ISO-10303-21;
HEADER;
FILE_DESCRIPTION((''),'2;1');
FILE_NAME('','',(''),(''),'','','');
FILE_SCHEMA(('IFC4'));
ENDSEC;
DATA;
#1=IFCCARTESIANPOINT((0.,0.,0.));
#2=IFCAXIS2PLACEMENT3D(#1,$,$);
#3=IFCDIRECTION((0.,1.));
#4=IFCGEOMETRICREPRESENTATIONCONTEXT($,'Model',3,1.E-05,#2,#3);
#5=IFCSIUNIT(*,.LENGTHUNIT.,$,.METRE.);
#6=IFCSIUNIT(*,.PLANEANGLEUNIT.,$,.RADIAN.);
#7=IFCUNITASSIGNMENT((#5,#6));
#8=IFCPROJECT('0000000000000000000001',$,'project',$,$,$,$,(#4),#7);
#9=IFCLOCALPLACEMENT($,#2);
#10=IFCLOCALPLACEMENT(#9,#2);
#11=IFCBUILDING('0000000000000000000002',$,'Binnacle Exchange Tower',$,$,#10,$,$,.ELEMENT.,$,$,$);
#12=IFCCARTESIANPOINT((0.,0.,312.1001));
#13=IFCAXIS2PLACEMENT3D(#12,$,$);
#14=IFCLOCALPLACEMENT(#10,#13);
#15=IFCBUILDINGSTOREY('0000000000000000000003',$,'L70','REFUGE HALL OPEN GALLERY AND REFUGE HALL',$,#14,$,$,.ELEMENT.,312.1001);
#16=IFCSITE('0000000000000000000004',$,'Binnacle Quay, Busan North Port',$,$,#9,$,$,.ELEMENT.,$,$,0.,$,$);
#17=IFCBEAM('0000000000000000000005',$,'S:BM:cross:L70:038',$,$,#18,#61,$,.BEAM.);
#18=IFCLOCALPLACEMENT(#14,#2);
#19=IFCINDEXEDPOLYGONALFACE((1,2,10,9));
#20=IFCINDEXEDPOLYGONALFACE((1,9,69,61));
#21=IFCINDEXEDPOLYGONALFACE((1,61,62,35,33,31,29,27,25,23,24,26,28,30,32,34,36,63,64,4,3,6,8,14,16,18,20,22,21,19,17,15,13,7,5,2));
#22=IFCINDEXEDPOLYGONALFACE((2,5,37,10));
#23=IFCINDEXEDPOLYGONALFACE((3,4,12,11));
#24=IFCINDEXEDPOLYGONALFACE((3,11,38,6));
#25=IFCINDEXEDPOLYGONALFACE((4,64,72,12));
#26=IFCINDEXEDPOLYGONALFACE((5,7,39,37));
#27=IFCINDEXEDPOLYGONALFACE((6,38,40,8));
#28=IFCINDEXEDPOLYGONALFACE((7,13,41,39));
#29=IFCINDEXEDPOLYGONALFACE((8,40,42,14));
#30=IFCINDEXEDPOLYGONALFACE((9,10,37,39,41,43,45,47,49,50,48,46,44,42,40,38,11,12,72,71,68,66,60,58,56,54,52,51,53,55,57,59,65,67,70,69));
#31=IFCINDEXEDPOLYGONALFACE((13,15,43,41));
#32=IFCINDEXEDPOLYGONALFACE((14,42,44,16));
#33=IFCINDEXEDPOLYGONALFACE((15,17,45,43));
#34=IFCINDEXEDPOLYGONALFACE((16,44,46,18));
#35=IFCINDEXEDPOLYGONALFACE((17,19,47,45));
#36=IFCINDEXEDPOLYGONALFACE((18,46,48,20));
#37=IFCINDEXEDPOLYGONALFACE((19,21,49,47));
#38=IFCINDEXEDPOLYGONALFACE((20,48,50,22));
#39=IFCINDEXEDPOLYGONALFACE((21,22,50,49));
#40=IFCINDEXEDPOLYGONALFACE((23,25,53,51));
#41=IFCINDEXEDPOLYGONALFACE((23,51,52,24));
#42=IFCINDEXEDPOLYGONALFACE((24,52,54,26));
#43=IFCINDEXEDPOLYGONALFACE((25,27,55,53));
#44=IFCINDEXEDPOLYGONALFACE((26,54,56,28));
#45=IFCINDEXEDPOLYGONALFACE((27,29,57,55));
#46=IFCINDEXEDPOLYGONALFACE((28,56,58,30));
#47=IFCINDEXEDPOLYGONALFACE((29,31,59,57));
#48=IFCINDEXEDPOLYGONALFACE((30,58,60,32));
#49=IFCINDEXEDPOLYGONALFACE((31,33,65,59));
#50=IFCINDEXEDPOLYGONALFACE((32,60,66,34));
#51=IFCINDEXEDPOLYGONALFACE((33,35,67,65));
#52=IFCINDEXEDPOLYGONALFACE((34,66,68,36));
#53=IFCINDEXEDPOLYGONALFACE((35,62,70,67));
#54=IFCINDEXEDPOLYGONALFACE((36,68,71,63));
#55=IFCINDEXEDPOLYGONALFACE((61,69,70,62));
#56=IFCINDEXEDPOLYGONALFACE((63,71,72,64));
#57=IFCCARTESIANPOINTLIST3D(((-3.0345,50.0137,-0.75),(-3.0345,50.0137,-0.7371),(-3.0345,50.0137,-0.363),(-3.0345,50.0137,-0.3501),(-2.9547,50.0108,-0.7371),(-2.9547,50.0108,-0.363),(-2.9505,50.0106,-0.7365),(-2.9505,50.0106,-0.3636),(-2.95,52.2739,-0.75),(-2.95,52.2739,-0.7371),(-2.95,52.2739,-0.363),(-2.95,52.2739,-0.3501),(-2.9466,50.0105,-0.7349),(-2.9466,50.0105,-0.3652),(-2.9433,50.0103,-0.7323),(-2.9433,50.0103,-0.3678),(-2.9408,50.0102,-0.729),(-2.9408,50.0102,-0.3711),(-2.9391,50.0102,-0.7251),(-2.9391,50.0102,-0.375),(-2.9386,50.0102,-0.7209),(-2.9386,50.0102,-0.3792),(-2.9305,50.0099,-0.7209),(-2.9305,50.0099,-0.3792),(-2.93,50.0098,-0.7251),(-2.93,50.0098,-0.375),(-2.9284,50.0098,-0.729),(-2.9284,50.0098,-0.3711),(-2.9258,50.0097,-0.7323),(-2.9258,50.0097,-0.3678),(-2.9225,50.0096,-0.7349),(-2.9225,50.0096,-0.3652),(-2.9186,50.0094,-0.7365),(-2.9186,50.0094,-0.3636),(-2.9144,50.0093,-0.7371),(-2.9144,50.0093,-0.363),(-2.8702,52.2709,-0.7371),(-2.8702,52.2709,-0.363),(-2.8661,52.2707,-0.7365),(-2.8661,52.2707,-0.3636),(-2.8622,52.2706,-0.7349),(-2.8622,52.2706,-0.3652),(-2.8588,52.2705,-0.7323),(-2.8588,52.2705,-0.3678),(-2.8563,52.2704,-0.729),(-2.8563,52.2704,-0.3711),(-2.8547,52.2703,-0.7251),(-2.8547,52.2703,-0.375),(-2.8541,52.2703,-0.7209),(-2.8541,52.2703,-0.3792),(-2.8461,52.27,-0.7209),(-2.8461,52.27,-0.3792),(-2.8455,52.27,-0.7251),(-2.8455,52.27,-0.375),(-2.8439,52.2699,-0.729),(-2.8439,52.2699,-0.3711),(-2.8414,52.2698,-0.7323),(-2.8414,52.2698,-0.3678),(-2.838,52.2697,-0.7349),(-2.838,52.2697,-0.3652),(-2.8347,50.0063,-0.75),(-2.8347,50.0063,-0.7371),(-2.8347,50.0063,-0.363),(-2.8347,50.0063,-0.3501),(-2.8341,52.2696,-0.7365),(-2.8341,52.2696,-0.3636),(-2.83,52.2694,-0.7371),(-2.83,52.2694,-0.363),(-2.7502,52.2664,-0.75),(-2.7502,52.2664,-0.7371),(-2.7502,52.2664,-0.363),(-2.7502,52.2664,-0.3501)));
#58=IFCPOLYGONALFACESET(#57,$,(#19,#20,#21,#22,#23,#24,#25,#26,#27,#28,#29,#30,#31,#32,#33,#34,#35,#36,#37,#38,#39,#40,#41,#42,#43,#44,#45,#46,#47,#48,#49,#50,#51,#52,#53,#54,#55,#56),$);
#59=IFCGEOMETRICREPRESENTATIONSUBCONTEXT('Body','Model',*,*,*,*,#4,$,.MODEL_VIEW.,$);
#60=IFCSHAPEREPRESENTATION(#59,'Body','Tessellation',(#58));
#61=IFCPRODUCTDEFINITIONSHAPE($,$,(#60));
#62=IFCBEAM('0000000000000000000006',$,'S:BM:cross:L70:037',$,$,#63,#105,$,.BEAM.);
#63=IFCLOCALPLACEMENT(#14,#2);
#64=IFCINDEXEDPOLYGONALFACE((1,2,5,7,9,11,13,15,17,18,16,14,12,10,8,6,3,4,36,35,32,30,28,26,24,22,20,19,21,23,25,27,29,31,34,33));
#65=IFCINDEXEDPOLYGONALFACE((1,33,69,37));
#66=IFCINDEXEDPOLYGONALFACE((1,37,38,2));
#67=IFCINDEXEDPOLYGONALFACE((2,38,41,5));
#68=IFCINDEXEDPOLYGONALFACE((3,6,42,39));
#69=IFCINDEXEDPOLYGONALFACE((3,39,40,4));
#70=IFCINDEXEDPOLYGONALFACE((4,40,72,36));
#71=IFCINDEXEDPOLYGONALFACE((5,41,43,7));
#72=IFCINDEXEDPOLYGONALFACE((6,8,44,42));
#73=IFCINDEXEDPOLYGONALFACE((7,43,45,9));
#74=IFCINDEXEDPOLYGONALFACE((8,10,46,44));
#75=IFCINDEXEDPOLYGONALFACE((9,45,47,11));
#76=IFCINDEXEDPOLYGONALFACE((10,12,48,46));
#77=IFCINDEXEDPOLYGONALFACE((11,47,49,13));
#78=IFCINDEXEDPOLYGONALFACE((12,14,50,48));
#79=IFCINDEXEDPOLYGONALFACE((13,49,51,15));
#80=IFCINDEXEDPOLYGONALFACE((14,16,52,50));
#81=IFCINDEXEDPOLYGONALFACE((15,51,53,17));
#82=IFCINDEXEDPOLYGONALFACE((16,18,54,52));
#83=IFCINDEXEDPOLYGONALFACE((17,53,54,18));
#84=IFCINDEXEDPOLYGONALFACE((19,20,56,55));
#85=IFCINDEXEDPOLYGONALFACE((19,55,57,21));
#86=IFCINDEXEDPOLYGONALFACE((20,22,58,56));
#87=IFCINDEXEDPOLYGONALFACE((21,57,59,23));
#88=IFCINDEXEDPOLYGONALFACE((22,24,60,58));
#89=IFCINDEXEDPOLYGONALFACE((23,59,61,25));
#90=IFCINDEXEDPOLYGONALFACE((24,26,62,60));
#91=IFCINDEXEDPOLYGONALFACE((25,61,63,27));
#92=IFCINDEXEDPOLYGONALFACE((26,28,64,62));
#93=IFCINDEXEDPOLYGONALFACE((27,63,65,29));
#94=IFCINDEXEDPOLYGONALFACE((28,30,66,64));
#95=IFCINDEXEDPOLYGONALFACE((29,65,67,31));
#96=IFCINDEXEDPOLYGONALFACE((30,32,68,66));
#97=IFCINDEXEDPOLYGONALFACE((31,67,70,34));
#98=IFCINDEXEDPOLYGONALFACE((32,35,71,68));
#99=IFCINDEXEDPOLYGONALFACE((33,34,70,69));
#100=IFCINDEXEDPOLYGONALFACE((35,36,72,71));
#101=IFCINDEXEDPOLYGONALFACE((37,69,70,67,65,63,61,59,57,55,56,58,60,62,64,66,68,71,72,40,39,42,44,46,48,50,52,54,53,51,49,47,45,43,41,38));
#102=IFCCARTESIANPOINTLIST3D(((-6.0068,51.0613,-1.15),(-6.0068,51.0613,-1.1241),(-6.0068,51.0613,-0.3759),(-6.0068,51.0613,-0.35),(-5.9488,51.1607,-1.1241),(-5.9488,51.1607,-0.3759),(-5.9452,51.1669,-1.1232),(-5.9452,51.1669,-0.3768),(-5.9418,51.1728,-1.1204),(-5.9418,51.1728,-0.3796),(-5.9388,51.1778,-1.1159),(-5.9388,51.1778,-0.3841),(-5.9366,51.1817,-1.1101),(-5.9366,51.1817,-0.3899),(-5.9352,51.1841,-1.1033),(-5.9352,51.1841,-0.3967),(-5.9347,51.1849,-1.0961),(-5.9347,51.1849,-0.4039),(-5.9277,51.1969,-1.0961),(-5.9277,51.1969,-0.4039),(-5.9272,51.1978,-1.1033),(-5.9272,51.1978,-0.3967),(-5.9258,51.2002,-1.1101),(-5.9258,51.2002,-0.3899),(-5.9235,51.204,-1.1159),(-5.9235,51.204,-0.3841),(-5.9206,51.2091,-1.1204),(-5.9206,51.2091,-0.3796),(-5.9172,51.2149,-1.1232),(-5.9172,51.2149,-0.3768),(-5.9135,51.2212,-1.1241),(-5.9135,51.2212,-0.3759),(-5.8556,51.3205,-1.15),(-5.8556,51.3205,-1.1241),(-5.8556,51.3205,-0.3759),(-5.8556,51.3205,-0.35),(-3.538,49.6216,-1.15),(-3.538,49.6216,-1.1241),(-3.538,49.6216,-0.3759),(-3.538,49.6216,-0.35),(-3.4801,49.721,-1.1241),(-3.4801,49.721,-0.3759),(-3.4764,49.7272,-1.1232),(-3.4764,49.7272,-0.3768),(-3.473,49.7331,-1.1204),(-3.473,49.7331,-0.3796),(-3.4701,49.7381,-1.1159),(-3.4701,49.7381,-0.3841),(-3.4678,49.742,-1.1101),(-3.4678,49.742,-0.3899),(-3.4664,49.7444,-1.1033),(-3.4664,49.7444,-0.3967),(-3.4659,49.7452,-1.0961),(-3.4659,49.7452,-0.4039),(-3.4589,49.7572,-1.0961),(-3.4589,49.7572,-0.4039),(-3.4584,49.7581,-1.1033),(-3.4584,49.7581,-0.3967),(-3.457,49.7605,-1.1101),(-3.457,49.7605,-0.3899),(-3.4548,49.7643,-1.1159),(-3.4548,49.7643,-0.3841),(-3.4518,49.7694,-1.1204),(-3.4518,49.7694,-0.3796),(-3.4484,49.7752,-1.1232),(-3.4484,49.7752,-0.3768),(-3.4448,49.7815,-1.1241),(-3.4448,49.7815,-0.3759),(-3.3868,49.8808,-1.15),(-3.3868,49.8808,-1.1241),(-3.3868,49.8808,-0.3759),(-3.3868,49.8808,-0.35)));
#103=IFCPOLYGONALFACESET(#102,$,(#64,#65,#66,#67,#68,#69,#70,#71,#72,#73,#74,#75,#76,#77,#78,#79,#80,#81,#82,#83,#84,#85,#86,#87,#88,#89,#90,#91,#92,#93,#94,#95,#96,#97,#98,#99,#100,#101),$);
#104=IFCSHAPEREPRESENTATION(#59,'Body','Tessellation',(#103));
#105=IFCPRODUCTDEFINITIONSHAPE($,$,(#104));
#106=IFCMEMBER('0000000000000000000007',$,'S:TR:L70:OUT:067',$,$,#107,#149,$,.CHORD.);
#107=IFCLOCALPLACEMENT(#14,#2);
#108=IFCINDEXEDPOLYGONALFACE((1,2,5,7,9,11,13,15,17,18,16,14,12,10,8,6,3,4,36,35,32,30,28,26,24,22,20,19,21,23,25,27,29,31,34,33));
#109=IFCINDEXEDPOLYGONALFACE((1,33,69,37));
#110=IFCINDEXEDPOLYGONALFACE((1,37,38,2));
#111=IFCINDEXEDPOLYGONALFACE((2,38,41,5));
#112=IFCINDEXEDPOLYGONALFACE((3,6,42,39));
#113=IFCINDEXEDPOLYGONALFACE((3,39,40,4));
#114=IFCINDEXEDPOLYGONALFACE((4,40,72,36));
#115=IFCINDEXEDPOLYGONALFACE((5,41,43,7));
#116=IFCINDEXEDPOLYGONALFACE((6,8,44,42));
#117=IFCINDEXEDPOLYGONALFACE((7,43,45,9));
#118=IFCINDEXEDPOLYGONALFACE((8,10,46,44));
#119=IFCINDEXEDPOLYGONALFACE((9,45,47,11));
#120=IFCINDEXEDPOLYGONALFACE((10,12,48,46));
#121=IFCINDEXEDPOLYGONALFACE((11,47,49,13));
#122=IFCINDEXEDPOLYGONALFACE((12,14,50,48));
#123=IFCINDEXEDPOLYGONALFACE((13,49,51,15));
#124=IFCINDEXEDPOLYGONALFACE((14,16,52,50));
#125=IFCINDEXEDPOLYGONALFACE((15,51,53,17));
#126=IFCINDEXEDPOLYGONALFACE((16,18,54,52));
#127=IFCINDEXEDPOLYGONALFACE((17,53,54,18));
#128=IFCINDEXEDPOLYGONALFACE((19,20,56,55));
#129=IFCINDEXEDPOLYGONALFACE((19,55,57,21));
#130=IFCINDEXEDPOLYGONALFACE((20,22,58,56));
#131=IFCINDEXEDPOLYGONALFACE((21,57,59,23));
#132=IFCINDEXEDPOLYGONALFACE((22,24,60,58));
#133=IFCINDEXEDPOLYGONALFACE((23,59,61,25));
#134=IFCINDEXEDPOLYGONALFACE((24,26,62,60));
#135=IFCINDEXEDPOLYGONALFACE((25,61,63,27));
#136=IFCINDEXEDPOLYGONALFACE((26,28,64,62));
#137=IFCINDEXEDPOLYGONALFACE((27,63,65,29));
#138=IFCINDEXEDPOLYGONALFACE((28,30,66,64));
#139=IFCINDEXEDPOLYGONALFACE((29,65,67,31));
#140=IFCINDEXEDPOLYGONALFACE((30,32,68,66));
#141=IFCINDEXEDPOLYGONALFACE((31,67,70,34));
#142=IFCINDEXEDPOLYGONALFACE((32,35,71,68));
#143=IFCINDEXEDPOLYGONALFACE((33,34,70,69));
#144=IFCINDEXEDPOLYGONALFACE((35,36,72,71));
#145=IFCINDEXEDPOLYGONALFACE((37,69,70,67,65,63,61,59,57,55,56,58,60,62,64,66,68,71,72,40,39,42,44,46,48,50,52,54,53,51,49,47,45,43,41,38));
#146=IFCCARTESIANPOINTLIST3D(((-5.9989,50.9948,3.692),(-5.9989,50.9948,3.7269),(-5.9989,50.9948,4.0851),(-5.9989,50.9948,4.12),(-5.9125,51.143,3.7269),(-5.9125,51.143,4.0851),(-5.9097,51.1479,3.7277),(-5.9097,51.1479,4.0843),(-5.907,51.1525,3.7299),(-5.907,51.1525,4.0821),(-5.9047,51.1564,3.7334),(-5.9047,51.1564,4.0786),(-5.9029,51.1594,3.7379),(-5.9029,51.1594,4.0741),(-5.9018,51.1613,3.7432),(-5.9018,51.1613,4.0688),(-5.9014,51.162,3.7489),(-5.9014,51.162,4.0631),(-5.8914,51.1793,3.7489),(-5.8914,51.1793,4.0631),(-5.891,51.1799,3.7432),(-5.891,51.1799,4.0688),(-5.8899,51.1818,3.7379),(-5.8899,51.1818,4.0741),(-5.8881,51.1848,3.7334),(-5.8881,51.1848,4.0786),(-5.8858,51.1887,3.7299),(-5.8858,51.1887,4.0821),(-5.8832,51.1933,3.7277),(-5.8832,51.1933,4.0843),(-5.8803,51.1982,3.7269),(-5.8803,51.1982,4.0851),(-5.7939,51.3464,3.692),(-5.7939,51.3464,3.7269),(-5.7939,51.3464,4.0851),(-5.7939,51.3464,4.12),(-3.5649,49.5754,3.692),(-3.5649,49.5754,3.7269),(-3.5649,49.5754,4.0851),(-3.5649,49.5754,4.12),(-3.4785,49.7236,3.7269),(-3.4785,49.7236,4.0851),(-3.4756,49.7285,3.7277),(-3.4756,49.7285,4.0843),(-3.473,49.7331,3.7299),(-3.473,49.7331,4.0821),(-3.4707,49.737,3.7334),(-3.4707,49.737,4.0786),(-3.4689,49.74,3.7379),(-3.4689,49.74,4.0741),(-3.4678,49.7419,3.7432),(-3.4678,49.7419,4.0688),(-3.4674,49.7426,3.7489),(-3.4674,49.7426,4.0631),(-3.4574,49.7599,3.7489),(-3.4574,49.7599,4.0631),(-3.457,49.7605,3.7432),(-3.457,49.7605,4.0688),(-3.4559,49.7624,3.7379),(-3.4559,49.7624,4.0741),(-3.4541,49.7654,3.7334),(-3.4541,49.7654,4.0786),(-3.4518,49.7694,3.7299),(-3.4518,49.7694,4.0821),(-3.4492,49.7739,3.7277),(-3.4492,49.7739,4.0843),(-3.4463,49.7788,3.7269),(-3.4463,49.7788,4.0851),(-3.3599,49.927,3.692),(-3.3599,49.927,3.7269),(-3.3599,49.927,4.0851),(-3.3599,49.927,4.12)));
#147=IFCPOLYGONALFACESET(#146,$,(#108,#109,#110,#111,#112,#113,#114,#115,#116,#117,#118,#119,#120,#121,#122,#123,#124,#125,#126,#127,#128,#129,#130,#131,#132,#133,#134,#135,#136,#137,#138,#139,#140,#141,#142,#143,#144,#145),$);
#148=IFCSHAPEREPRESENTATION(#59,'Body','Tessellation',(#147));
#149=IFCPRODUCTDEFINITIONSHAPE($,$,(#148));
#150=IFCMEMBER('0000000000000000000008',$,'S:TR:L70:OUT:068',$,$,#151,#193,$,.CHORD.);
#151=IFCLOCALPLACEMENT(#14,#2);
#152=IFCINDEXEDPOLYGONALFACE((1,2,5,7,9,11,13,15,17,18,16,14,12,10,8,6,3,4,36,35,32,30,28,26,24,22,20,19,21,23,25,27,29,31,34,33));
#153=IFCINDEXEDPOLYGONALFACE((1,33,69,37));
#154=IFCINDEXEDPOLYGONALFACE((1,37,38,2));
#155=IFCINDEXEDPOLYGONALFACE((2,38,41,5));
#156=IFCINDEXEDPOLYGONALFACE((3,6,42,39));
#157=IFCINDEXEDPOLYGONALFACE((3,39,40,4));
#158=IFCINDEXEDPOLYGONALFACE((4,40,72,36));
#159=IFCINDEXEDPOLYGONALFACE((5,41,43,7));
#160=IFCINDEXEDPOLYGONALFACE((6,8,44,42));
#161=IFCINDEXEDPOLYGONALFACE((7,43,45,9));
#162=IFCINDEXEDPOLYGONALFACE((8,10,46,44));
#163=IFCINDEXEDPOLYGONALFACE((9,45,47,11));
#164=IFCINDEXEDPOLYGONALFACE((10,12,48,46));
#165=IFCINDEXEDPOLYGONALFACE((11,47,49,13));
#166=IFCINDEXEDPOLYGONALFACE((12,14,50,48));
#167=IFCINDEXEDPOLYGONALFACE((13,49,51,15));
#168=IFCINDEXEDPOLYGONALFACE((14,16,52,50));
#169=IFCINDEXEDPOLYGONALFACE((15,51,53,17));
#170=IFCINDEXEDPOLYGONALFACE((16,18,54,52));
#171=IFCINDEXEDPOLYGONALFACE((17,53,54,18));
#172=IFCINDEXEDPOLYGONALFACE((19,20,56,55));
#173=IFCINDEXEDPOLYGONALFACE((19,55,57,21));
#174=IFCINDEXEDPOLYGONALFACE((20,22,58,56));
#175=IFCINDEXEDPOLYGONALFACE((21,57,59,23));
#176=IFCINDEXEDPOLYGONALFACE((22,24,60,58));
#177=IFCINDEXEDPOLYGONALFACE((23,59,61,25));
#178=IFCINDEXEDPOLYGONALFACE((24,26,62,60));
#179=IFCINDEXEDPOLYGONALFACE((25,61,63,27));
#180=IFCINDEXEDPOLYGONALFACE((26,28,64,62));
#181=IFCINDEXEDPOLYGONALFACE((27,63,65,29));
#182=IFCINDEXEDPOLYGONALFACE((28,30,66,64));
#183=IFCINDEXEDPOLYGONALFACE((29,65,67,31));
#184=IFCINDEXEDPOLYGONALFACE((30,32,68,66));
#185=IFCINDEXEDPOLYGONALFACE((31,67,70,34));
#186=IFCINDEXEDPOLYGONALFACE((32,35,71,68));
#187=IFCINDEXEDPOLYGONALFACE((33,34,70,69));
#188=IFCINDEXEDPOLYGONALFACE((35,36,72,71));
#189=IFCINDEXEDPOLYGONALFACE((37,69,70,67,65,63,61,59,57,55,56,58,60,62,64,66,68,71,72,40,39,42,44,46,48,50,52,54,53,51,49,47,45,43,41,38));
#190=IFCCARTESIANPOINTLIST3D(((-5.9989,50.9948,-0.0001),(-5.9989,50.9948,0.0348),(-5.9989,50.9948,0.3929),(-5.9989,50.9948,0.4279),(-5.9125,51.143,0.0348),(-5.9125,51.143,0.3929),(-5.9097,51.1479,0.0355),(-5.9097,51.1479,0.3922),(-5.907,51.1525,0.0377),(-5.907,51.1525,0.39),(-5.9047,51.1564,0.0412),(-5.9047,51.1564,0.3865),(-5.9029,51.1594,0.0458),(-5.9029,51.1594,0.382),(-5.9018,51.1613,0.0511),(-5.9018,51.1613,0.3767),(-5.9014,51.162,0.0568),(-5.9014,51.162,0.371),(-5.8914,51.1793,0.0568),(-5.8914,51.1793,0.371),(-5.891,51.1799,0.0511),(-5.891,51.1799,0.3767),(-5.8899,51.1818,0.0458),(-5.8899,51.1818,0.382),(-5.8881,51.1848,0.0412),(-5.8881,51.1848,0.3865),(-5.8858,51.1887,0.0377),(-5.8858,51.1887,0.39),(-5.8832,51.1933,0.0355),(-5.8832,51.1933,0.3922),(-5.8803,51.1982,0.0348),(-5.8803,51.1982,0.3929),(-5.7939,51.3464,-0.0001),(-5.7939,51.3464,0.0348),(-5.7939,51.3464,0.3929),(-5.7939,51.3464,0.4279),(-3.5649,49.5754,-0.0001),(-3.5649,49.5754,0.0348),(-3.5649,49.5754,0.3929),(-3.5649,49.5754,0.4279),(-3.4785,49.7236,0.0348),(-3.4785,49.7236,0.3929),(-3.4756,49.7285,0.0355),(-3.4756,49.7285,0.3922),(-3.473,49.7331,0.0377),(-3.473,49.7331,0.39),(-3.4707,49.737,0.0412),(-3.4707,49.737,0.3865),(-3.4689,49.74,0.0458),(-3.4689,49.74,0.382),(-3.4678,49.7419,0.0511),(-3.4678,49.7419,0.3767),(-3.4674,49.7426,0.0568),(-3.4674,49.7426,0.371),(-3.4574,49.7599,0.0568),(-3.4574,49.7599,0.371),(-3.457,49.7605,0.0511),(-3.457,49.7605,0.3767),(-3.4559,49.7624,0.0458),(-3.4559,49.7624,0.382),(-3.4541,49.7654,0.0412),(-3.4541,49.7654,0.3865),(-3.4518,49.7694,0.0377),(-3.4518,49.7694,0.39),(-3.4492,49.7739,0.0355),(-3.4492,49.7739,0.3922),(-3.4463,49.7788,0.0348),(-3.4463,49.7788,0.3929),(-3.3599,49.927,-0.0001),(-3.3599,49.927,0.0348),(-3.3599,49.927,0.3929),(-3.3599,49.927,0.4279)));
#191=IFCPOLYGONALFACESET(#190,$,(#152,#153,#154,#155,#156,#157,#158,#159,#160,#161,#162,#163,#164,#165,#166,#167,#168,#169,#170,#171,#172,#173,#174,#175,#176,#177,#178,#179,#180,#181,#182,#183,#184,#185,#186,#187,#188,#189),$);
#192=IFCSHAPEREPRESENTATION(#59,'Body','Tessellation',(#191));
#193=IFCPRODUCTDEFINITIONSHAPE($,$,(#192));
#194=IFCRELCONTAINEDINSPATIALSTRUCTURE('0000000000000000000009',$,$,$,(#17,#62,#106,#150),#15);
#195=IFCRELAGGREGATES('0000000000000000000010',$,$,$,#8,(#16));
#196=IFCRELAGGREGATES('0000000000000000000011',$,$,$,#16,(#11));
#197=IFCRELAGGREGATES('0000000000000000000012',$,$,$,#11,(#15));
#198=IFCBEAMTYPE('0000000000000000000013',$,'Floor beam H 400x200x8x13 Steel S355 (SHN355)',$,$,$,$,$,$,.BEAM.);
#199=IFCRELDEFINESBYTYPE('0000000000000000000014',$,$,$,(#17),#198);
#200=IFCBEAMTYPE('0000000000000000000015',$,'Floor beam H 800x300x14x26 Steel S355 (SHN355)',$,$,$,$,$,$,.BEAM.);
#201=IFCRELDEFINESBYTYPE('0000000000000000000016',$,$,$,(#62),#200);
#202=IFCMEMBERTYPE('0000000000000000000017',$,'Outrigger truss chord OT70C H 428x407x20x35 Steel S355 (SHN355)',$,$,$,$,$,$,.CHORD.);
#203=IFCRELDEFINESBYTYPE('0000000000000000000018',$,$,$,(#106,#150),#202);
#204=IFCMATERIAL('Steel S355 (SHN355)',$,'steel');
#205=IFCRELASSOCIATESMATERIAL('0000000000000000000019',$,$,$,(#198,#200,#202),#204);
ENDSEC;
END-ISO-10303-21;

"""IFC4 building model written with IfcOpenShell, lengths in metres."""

from ifc_helpers import new_model, si_unit, direction, frame, origin, origin_2d, place, context, subcontext, project, spatial, i_section, extrude, material, material_profile, profile_set, type_object, element, save


model = new_model("IFC4")

# Units and contexts
model_context = context("Model", 3, precision=1e-05, world=origin(), true_north=direction((0.0, 1.0)))
body_context = subcontext(model_context, "Body", "Model", "MODEL_VIEW")
ifc_project = project(units=[si_unit("LENGTHUNIT", "METRE"), si_unit("PLANEANGLEUNIT", "RADIAN")], contexts=[model_context])

# Site, building, storey
site_placement = place(None, origin())
site = spatial("IfcSite", under=ifc_project, at=site_placement, Name="Binnacle Quay, Busan North Port", CompositionType="ELEMENT", RefElevation=0.0)
building_placement = place(site_placement, origin())
building = spatial("IfcBuilding", under=site, at=building_placement, Name="Binnacle Exchange Tower", CompositionType="ELEMENT")
storey_placement = place(building_placement, frame((0.0, 0.0, 312.1001)))
storey = spatial("IfcBuildingStorey", under=building, at=storey_placement, Name="L70", Description="REFUGE HALL OPEN GALLERY AND REFUGE HALL", CompositionType="ELEMENT", Elevation=312.1001)

# Shared definitions
ifc_material_1 = material(Name="Steel S355 (SHN355)", Category="steel")

# Beams
ifc_material_profile_1 = material_profile(ifc_material_1, i_section(OverallWidth=0.2, OverallDepth=0.3999, WebThickness=0.0081, FlangeThickness=0.0129, FilletRadius=0.0161, at=origin_2d()), Name="H 400x200x8x13")
ifc_profile_set_1 = profile_set([ifc_material_profile_1], Name="Steel S355 (SHN355)")
beam_type_1 = type_object("IfcBeamType", Name="Floor beam H 400x200x8x13 Steel S355 (SHN355)", PredefinedType="BEAM", material=ifc_profile_set_1)
beam_1_placement = place(storey_placement, frame((-2.9346, 50.01, -0.55), z_axis=(0.037347, 0.999302, 0.0), x_axis=(-0.999302, 0.037347, 0.0)))
element("IfcBeam", 1, at=beam_1_placement, inside=storey, type_object=beam_type_1, Name="S:BM:cross:L70:038", PredefinedType="BEAM", context=body_context, shape_type="SweptSolid", body=[
    extrude(i_section(OverallWidth=0.2, OverallDepth=0.3999, WebThickness=0.0081, FlangeThickness=0.0129, FilletRadius=0.0161, at=origin_2d()), origin(), (0.0, 0.0, 1.0), 2.2617),
])
ifc_material_profile_2 = material_profile(ifc_material_1, i_section(OverallWidth=0.3, OverallDepth=0.8, WebThickness=0.0139, FlangeThickness=0.0259, FilletRadius=0.0281, at=origin_2d()), Name="H 800x300x14x26")
ifc_profile_set_2 = profile_set([ifc_material_profile_2], Name="Steel S355 (SHN355)")
beam_type_2 = type_object("IfcBeamType", Name="Floor beam H 800x300x14x26 Steel S355 (SHN355)", PredefinedType="BEAM", material=ifc_profile_set_2)
beam_2_placement = place(storey_placement, frame((-3.4624, 49.7512, -0.75), z_axis=(-0.863841, 0.503765, 0.0), x_axis=(-0.503765, -0.863841, 0.0)))
element("IfcBeam", 2, at=beam_2_placement, inside=storey, type_object=beam_type_2, Name="S:BM:cross:L70:037", PredefinedType="BEAM", context=body_context, shape_type="SweptSolid", body=[
    extrude(i_section(OverallWidth=0.3, OverallDepth=0.8, WebThickness=0.0139, FlangeThickness=0.0259, FilletRadius=0.0281, at=origin_2d()), origin(), (0.0, 0.0, 1.0), 2.8579),
])

# Members
ifc_material_profile_3 = material_profile(ifc_material_1, i_section(OverallWidth=0.407, OverallDepth=0.428, WebThickness=0.02, FlangeThickness=0.0349, FilletRadius=0.022, at=origin_2d()), Name="H 428x407x20x35")
ifc_profile_set_3 = profile_set([ifc_material_profile_3], Name="Steel S355 (SHN355)")
member_type_1 = type_object("IfcMemberType", Name="Outrigger truss chord OT70C H 428x407x20x35 Steel S355 (SHN355)", PredefinedType="CHORD", material=ifc_profile_set_3)
for number, where, z_axis, x_axis, name in (
    (3, (-3.4624, 49.7512, 3.906), (-0.863848, 0.503753, 0.0), (-0.503753, -0.863848, 0.0), "S:TR:L70:OUT:067"),
    (4, (-3.4624, 49.7512, 0.2139), (-0.863848, 0.503753, 0.0), (-0.503753, -0.863848, 0.0), "S:TR:L70:OUT:068"),
):
    element("IfcMember", number, at=place(storey_placement, frame(where, z_axis=z_axis, x_axis=x_axis)), inside=storey, type_object=member_type_1, Name=name, PredefinedType="CHORD", context=body_context, shape_type="SweptSolid", body=[
        extrude(i_section(OverallWidth=0.407, OverallDepth=0.428, WebThickness=0.02, FlangeThickness=0.0349, FilletRadius=0.022, at=origin_2d()), origin(), (0.0, 0.0, 1.0), 2.8176),
    ])

save(model, "model.ifc")
